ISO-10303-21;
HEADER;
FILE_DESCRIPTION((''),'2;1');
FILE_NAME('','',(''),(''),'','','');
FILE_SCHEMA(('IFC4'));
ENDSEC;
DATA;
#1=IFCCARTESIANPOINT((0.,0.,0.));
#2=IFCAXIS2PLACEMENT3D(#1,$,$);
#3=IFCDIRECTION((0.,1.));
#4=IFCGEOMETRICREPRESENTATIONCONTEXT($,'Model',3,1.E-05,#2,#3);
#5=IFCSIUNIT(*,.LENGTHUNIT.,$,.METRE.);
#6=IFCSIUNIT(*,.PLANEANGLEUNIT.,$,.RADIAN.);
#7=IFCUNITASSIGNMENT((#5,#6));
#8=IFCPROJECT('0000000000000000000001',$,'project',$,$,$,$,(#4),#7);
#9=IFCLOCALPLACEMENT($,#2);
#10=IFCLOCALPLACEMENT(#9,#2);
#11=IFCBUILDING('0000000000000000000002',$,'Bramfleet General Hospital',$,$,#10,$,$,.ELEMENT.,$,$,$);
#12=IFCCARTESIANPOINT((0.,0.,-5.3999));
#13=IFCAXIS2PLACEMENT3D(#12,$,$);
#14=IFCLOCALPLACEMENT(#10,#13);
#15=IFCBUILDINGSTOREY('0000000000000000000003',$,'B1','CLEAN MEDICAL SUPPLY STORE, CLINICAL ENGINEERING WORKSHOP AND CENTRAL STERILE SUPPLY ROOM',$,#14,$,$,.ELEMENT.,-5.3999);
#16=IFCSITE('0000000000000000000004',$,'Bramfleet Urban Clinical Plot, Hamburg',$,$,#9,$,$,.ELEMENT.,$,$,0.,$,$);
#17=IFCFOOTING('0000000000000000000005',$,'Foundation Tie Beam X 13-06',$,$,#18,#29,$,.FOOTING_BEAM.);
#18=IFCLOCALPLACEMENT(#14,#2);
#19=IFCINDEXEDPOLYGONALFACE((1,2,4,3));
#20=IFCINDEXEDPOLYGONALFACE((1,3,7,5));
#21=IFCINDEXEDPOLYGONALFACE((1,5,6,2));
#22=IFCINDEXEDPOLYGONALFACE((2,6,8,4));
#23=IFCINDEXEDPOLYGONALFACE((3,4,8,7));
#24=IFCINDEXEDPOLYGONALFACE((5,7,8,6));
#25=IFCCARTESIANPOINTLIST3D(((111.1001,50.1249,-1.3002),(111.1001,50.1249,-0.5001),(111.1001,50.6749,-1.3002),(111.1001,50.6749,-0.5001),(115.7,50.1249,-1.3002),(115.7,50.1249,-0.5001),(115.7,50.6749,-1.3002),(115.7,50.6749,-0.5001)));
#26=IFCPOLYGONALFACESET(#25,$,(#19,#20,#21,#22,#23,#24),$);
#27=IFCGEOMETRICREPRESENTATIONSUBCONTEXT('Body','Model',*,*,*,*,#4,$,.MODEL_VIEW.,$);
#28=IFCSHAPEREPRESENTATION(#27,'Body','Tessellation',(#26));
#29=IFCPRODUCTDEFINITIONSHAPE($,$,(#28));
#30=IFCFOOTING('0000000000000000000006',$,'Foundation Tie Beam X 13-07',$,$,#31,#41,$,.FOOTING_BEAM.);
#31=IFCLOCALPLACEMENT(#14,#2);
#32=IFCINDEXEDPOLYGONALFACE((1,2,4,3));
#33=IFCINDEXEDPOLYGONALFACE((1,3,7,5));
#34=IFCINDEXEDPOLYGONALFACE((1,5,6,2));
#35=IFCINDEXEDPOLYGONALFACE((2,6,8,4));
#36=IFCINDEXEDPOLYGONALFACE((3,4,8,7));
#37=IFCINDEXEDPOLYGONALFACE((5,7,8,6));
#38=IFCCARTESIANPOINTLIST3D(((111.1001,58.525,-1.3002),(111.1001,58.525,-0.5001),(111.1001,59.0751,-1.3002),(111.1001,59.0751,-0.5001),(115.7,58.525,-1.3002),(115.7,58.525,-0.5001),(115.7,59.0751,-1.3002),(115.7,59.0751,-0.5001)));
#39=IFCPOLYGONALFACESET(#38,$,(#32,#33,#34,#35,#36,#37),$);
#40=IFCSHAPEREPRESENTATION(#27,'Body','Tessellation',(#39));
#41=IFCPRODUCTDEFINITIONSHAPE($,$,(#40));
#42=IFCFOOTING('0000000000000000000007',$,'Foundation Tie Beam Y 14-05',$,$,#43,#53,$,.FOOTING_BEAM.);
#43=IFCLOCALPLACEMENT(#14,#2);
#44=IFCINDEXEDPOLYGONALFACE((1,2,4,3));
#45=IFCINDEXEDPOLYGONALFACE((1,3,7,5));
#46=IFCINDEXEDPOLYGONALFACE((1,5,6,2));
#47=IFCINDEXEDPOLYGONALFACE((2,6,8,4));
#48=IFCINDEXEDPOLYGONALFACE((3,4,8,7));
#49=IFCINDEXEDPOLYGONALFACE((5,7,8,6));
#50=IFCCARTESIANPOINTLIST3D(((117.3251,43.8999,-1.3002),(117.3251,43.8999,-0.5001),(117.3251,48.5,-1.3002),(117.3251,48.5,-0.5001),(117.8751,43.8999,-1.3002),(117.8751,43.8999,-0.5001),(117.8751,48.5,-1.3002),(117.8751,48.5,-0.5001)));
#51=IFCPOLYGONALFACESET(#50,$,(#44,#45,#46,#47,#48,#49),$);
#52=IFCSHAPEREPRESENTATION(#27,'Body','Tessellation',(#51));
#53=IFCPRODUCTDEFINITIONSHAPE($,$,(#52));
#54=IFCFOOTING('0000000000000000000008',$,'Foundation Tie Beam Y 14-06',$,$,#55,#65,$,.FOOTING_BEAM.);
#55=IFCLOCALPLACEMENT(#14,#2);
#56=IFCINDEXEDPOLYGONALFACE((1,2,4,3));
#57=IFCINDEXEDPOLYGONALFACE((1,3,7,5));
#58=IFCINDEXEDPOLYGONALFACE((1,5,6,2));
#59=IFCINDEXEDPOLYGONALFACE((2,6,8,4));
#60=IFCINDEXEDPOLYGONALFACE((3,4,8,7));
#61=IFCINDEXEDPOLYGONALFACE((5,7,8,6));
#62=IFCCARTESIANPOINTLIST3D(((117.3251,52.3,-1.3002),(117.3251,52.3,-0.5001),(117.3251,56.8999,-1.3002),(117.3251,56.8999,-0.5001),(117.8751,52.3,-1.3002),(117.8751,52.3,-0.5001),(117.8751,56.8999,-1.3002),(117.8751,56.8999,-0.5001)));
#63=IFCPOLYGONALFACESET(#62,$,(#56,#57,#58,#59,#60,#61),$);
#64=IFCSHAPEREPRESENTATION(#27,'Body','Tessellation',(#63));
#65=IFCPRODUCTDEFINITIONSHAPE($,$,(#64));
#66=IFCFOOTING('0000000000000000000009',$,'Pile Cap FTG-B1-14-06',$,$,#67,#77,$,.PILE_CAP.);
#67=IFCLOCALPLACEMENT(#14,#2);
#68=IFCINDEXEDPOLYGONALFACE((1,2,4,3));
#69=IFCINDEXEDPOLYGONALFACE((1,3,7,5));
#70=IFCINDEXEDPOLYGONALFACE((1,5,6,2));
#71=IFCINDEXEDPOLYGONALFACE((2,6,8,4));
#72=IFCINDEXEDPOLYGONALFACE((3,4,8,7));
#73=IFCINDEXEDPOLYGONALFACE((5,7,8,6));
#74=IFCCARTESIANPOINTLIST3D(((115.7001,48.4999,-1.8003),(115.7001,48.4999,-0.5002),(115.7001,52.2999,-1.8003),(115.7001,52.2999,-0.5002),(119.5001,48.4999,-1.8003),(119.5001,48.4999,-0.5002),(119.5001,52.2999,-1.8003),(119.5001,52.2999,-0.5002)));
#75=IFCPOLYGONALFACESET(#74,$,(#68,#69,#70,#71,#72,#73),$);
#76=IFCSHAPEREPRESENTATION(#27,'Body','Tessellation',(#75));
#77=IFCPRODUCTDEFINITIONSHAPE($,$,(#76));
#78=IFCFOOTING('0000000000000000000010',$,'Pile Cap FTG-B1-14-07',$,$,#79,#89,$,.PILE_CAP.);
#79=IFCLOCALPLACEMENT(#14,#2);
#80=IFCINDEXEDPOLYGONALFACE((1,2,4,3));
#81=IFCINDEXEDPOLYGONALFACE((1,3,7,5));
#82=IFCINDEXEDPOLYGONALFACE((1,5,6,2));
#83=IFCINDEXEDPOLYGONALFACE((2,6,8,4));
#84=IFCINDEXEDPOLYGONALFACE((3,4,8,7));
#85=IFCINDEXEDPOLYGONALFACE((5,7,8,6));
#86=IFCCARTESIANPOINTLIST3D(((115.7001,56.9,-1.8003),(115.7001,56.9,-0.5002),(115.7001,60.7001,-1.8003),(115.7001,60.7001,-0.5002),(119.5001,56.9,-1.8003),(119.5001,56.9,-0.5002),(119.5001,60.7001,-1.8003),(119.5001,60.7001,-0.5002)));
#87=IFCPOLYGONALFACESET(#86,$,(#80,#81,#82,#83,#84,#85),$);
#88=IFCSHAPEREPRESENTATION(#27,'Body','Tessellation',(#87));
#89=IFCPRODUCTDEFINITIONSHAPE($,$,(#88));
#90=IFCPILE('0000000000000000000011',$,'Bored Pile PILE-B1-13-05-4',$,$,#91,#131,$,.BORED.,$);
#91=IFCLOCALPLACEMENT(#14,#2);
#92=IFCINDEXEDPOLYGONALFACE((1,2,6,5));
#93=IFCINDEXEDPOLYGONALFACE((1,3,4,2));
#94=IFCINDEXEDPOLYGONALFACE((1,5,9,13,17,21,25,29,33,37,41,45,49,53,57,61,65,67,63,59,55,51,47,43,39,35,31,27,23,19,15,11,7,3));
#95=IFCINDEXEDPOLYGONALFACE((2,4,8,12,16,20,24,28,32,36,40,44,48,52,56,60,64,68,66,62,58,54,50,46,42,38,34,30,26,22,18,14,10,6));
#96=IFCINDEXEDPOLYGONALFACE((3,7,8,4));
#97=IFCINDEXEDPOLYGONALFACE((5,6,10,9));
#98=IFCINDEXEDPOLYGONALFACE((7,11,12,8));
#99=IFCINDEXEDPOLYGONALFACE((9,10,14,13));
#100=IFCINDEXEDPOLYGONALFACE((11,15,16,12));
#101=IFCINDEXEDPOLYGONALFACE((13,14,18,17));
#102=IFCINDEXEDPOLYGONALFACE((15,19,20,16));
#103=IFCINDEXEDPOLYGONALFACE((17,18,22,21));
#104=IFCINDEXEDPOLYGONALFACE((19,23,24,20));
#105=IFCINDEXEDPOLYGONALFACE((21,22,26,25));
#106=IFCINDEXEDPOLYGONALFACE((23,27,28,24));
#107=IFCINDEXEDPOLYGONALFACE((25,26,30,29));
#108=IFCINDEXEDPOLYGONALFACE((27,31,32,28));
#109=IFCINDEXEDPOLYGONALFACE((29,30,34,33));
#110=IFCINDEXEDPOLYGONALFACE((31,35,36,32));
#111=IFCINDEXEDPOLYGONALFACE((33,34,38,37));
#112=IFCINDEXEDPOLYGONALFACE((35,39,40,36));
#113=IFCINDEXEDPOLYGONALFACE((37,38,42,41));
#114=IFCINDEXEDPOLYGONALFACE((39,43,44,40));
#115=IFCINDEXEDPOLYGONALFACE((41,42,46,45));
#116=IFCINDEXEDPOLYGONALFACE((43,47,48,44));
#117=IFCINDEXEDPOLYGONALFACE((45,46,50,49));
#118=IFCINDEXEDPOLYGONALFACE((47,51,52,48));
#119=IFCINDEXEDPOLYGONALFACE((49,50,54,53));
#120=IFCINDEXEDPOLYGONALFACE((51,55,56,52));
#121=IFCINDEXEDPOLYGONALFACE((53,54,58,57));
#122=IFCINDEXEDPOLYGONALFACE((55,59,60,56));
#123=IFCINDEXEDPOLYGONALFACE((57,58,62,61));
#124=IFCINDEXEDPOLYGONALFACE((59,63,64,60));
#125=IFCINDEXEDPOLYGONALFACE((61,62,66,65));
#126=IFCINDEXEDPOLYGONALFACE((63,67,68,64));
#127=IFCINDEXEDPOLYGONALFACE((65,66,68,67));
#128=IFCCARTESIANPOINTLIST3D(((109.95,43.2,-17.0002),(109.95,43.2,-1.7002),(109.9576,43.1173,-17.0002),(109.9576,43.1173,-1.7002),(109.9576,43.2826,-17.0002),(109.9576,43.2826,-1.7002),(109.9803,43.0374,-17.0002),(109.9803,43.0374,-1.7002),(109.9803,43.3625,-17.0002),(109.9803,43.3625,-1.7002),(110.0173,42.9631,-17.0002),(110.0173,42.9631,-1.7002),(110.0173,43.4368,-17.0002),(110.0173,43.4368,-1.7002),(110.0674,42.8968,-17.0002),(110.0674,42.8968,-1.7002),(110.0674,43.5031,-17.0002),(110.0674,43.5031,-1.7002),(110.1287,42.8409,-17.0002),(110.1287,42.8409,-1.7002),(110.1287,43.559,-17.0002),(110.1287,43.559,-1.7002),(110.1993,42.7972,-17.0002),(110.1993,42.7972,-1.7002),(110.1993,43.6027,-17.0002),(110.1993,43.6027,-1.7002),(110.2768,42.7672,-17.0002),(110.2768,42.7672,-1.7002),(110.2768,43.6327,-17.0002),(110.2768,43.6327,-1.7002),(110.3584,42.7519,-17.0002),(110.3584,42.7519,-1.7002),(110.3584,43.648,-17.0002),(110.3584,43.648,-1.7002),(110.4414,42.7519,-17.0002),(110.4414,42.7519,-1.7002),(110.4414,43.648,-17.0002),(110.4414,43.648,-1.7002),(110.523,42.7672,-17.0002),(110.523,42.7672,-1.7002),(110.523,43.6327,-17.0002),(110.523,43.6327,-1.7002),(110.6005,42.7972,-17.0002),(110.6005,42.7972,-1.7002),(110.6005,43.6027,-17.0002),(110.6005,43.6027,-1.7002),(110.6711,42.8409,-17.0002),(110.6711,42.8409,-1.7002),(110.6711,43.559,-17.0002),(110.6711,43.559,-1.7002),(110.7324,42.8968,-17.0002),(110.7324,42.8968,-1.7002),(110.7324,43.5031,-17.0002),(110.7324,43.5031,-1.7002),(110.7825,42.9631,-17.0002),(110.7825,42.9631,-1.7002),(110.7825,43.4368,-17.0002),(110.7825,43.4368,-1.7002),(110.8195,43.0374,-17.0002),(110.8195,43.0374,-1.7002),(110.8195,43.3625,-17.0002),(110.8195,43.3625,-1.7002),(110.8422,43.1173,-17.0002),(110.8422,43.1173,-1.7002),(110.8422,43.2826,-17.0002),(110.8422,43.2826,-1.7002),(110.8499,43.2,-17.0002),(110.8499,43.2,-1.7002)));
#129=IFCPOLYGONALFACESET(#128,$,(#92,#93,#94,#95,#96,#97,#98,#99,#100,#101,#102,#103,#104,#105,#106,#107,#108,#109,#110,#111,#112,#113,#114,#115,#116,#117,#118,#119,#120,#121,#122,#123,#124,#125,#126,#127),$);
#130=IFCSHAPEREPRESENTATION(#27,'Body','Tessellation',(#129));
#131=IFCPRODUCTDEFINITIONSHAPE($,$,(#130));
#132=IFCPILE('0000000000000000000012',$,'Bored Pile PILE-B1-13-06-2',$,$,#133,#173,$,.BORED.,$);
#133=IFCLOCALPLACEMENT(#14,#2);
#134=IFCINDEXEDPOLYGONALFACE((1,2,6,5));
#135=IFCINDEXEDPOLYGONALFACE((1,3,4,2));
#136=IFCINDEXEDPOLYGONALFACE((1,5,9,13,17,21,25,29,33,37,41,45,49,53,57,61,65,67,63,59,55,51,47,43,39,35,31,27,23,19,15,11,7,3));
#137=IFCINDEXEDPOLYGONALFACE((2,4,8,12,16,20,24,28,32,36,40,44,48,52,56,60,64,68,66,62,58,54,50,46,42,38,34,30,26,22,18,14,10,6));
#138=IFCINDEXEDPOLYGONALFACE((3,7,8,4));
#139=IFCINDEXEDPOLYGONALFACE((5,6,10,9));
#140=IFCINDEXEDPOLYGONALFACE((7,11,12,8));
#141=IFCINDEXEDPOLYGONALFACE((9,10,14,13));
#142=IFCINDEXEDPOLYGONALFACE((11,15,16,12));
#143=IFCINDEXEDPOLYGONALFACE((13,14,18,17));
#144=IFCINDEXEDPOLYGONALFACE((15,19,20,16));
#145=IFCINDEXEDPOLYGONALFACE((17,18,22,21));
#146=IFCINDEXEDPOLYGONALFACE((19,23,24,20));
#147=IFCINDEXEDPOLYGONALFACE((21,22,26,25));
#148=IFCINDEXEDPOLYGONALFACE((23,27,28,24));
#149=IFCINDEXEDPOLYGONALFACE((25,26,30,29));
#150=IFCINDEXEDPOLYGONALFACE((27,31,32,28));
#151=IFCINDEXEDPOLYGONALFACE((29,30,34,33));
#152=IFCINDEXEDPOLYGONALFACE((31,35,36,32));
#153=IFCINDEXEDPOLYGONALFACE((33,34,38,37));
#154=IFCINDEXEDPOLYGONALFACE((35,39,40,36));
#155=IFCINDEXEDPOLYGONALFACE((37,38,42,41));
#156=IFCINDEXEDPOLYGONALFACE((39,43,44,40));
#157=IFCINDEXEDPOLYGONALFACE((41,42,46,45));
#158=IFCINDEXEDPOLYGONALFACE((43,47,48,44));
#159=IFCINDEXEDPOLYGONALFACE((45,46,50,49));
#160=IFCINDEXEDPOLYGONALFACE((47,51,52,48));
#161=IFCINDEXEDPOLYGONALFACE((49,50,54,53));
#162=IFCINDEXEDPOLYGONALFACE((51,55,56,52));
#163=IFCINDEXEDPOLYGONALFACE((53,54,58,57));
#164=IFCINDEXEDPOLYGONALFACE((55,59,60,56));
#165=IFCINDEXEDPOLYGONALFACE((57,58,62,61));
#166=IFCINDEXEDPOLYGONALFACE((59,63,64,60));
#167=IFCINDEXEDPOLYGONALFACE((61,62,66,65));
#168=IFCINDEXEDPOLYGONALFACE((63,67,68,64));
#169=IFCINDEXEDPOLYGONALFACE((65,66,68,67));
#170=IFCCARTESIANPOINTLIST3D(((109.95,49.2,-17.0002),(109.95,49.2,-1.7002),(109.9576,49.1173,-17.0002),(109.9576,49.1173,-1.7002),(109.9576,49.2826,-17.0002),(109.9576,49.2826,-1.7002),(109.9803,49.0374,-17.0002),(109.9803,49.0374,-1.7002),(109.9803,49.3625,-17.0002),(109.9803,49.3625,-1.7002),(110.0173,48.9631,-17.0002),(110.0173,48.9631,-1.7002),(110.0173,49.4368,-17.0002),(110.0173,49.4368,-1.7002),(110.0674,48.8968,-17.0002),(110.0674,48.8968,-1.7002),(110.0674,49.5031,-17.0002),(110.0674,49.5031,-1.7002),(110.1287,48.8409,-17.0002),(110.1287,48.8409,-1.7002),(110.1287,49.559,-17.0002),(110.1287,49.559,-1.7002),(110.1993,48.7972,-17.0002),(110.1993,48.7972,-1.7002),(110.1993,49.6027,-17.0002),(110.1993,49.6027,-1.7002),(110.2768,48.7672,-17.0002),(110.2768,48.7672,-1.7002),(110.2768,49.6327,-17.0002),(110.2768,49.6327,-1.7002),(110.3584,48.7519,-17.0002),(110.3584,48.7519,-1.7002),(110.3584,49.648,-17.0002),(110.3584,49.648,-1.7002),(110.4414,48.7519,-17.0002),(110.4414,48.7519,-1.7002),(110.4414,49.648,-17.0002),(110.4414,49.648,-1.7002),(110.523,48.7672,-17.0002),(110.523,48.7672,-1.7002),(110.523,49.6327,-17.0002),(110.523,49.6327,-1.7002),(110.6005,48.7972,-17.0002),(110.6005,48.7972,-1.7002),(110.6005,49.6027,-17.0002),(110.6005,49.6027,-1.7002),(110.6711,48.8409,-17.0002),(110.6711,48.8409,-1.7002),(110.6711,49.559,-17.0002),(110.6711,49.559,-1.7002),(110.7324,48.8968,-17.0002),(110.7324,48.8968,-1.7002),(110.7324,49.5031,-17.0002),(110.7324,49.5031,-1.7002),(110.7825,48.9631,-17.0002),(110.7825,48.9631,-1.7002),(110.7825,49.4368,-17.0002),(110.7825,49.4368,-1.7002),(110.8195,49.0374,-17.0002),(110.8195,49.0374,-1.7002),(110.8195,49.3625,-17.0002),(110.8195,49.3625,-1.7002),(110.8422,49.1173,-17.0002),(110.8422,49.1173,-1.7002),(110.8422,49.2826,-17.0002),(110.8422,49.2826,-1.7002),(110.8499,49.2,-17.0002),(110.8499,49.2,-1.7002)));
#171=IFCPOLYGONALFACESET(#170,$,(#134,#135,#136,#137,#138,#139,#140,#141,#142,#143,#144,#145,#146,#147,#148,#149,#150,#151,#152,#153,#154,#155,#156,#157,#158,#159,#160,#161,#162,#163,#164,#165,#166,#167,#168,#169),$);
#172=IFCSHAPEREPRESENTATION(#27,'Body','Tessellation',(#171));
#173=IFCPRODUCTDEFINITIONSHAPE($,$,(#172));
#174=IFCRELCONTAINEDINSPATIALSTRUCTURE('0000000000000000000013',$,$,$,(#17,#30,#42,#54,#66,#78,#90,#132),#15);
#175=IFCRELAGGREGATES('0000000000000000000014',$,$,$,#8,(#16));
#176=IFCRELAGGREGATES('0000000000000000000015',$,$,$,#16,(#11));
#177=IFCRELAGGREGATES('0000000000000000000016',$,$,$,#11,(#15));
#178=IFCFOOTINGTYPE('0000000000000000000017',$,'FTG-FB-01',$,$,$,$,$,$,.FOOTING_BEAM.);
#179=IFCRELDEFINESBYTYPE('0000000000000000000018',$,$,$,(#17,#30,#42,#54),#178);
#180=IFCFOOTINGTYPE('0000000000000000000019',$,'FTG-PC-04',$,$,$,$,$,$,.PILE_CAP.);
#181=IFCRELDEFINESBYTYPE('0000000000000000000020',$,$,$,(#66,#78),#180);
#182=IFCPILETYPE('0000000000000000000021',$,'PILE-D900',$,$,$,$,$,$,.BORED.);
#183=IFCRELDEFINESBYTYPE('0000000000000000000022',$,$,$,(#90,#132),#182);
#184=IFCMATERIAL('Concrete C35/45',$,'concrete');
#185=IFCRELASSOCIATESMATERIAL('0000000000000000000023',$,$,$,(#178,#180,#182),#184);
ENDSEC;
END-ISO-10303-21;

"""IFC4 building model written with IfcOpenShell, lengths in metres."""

from ifc_helpers import new_model, si_unit, direction, frame, origin, origin_2d, place, context, subcontext, project, spatial, rectangle, circle, extrude, material, material_profile, profile_set, type_object, element, save


model = new_model("IFC4")

# Units and contexts
model_context = context("Model", 3, precision=1e-05, world=origin(), true_north=direction((0.0, 1.0)))
body_context = subcontext(model_context, "Body", "Model", "MODEL_VIEW")
ifc_project = project(units=[si_unit("LENGTHUNIT", "METRE"), si_unit("PLANEANGLEUNIT", "RADIAN")], contexts=[model_context])

# Site, building, storey
site_placement = place(None, origin())
site = spatial("IfcSite", under=ifc_project, at=site_placement, Name="Bramfleet Urban Clinical Plot, Hamburg", CompositionType="ELEMENT", RefElevation=0.0)
building_placement = place(site_placement, origin())
building = spatial("IfcBuilding", under=site, at=building_placement, Name="Bramfleet General Hospital", CompositionType="ELEMENT")
storey_placement = place(building_placement, frame((0.0, 0.0, -5.3999)))
storey = spatial("IfcBuildingStorey", under=building, at=storey_placement, Name="B1", Description="CLEAN MEDICAL SUPPLY STORE, CLINICAL ENGINEERING WORKSHOP AND CENTRAL STERILE SUPPLY ROOM", CompositionType="ELEMENT", Elevation=-5.3999)

# Footings
ifc_material_1 = material(Name="Concrete C35/45", Category="concrete")
ifc_material_profile_1 = material_profile(ifc_material_1, rectangle(XDim=0.55, YDim=0.8, at=origin_2d()), Name="RC FB 800x550")
ifc_profile_set_1 = profile_set([ifc_material_profile_1], Name="Concrete C35/45")
footing_type_1 = type_object("IfcFootingType", Name="FTG-FB-01", PredefinedType="FOOTING_BEAM", material=ifc_profile_set_1)
for number, where, z_axis, x_axis, name in (
    (1, (111.1001, 50.3999, -0.9001), (1.0, 0.0, 0.0), (0.0, 1.0, 0.0), "Foundation Tie Beam X 13-06"),
    (2, (111.1001, 58.8, -0.9001), (1.0, 0.0, 0.0), (0.0, 1.0, 0.0), "Foundation Tie Beam X 13-07"),
):
    element("IfcFooting", number, at=place(storey_placement, frame(where, z_axis=z_axis, x_axis=x_axis)), inside=storey, type_object=footing_type_1, Name=name, PredefinedType="FOOTING_BEAM", context=body_context, shape_type="SweptSolid", body=[
        extrude(rectangle(XDim=0.55, YDim=0.8, at=origin_2d()), origin(), (0.0, 0.0, 1.0), 4.5999),
    ])
footing_1_placement = place(storey_placement, frame((117.6001, 43.8999, -0.9001), z_axis=(0.0, 1.0, 0.0), x_axis=(-1.0, 0.0, 0.0)))
element("IfcFooting", 3, at=footing_1_placement, inside=storey, type_object=footing_type_1, Name="Foundation Tie Beam Y 14-05", PredefinedType="FOOTING_BEAM", context=body_context, shape_type="SweptSolid", body=[
    extrude(rectangle(XDim=0.55, YDim=0.8, at=origin_2d()), origin(), (0.0, 0.0, 1.0), 4.6001),
])
footing_2_placement = place(storey_placement, frame((117.6001, 52.3, -0.9001), z_axis=(0.0, 1.0, 0.0), x_axis=(-1.0, 0.0, 0.0)))
element("IfcFooting", 4, at=footing_2_placement, inside=storey, type_object=footing_type_1, Name="Foundation Tie Beam Y 14-06", PredefinedType="FOOTING_BEAM", context=body_context, shape_type="SweptSolid", body=[
    extrude(rectangle(XDim=0.55, YDim=0.8, at=origin_2d()), origin(), (0.0, 0.0, 1.0), 4.5999),
])
footing_type_2 = type_object("IfcFootingType", Name="FTG-PC-04", PredefinedType="PILE_CAP", material=ifc_material_1)
for number, where, z_axis, x_axis, name in (
    (5, (117.6001, 50.3999, -1.8003), (0.0, 0.0, 1.0), (1.0, 0.0, 0.0), "Pile Cap FTG-B1-14-06"),
    (6, (117.6001, 58.8, -1.8003), (0.0, 0.0, 1.0), (1.0, 0.0, 0.0), "Pile Cap FTG-B1-14-07"),
):
    element("IfcFooting", number, at=place(storey_placement, frame(where, z_axis=z_axis, x_axis=x_axis)), inside=storey, type_object=footing_type_2, Name=name, PredefinedType="PILE_CAP", context=body_context, shape_type="SweptSolid", body=[
        extrude(rectangle(XDim=3.8, YDim=3.8, at=origin_2d()), origin(), (0.0, 0.0, 1.0), 1.3),
    ])

# Piles
ifc_material_profile_2 = material_profile(ifc_material_1, circle(Radius=0.45, at=origin_2d()), Name="PILE BORED D900")
ifc_profile_set_2 = profile_set([ifc_material_profile_2], Name="Concrete C35/45")
pile_type = type_object("IfcPileType", Name="PILE-D900", PredefinedType="BORED", material=ifc_profile_set_2)
for number, where, z_axis, x_axis, name in (
    (7, (110.3999, 43.2, -1.7002), (0.0, 0.0, -1.0), (1.0, 0.0, 0.0), "Bored Pile PILE-B1-13-05-4"),
    (8, (110.3999, 49.2, -1.7002), (0.0, 0.0, -1.0), (1.0, 0.0, 0.0), "Bored Pile PILE-B1-13-06-2"),
):
    element("IfcPile", number, at=place(storey_placement, frame(where, z_axis=z_axis, x_axis=x_axis)), inside=storey, type_object=pile_type, Name=name, PredefinedType="BORED", context=body_context, shape_type="SweptSolid", body=[
        extrude(circle(Radius=0.45, at=origin_2d()), origin(), (0.0, 0.0, 1.0), 15.3),
    ])

save(model, "model.ifc")
